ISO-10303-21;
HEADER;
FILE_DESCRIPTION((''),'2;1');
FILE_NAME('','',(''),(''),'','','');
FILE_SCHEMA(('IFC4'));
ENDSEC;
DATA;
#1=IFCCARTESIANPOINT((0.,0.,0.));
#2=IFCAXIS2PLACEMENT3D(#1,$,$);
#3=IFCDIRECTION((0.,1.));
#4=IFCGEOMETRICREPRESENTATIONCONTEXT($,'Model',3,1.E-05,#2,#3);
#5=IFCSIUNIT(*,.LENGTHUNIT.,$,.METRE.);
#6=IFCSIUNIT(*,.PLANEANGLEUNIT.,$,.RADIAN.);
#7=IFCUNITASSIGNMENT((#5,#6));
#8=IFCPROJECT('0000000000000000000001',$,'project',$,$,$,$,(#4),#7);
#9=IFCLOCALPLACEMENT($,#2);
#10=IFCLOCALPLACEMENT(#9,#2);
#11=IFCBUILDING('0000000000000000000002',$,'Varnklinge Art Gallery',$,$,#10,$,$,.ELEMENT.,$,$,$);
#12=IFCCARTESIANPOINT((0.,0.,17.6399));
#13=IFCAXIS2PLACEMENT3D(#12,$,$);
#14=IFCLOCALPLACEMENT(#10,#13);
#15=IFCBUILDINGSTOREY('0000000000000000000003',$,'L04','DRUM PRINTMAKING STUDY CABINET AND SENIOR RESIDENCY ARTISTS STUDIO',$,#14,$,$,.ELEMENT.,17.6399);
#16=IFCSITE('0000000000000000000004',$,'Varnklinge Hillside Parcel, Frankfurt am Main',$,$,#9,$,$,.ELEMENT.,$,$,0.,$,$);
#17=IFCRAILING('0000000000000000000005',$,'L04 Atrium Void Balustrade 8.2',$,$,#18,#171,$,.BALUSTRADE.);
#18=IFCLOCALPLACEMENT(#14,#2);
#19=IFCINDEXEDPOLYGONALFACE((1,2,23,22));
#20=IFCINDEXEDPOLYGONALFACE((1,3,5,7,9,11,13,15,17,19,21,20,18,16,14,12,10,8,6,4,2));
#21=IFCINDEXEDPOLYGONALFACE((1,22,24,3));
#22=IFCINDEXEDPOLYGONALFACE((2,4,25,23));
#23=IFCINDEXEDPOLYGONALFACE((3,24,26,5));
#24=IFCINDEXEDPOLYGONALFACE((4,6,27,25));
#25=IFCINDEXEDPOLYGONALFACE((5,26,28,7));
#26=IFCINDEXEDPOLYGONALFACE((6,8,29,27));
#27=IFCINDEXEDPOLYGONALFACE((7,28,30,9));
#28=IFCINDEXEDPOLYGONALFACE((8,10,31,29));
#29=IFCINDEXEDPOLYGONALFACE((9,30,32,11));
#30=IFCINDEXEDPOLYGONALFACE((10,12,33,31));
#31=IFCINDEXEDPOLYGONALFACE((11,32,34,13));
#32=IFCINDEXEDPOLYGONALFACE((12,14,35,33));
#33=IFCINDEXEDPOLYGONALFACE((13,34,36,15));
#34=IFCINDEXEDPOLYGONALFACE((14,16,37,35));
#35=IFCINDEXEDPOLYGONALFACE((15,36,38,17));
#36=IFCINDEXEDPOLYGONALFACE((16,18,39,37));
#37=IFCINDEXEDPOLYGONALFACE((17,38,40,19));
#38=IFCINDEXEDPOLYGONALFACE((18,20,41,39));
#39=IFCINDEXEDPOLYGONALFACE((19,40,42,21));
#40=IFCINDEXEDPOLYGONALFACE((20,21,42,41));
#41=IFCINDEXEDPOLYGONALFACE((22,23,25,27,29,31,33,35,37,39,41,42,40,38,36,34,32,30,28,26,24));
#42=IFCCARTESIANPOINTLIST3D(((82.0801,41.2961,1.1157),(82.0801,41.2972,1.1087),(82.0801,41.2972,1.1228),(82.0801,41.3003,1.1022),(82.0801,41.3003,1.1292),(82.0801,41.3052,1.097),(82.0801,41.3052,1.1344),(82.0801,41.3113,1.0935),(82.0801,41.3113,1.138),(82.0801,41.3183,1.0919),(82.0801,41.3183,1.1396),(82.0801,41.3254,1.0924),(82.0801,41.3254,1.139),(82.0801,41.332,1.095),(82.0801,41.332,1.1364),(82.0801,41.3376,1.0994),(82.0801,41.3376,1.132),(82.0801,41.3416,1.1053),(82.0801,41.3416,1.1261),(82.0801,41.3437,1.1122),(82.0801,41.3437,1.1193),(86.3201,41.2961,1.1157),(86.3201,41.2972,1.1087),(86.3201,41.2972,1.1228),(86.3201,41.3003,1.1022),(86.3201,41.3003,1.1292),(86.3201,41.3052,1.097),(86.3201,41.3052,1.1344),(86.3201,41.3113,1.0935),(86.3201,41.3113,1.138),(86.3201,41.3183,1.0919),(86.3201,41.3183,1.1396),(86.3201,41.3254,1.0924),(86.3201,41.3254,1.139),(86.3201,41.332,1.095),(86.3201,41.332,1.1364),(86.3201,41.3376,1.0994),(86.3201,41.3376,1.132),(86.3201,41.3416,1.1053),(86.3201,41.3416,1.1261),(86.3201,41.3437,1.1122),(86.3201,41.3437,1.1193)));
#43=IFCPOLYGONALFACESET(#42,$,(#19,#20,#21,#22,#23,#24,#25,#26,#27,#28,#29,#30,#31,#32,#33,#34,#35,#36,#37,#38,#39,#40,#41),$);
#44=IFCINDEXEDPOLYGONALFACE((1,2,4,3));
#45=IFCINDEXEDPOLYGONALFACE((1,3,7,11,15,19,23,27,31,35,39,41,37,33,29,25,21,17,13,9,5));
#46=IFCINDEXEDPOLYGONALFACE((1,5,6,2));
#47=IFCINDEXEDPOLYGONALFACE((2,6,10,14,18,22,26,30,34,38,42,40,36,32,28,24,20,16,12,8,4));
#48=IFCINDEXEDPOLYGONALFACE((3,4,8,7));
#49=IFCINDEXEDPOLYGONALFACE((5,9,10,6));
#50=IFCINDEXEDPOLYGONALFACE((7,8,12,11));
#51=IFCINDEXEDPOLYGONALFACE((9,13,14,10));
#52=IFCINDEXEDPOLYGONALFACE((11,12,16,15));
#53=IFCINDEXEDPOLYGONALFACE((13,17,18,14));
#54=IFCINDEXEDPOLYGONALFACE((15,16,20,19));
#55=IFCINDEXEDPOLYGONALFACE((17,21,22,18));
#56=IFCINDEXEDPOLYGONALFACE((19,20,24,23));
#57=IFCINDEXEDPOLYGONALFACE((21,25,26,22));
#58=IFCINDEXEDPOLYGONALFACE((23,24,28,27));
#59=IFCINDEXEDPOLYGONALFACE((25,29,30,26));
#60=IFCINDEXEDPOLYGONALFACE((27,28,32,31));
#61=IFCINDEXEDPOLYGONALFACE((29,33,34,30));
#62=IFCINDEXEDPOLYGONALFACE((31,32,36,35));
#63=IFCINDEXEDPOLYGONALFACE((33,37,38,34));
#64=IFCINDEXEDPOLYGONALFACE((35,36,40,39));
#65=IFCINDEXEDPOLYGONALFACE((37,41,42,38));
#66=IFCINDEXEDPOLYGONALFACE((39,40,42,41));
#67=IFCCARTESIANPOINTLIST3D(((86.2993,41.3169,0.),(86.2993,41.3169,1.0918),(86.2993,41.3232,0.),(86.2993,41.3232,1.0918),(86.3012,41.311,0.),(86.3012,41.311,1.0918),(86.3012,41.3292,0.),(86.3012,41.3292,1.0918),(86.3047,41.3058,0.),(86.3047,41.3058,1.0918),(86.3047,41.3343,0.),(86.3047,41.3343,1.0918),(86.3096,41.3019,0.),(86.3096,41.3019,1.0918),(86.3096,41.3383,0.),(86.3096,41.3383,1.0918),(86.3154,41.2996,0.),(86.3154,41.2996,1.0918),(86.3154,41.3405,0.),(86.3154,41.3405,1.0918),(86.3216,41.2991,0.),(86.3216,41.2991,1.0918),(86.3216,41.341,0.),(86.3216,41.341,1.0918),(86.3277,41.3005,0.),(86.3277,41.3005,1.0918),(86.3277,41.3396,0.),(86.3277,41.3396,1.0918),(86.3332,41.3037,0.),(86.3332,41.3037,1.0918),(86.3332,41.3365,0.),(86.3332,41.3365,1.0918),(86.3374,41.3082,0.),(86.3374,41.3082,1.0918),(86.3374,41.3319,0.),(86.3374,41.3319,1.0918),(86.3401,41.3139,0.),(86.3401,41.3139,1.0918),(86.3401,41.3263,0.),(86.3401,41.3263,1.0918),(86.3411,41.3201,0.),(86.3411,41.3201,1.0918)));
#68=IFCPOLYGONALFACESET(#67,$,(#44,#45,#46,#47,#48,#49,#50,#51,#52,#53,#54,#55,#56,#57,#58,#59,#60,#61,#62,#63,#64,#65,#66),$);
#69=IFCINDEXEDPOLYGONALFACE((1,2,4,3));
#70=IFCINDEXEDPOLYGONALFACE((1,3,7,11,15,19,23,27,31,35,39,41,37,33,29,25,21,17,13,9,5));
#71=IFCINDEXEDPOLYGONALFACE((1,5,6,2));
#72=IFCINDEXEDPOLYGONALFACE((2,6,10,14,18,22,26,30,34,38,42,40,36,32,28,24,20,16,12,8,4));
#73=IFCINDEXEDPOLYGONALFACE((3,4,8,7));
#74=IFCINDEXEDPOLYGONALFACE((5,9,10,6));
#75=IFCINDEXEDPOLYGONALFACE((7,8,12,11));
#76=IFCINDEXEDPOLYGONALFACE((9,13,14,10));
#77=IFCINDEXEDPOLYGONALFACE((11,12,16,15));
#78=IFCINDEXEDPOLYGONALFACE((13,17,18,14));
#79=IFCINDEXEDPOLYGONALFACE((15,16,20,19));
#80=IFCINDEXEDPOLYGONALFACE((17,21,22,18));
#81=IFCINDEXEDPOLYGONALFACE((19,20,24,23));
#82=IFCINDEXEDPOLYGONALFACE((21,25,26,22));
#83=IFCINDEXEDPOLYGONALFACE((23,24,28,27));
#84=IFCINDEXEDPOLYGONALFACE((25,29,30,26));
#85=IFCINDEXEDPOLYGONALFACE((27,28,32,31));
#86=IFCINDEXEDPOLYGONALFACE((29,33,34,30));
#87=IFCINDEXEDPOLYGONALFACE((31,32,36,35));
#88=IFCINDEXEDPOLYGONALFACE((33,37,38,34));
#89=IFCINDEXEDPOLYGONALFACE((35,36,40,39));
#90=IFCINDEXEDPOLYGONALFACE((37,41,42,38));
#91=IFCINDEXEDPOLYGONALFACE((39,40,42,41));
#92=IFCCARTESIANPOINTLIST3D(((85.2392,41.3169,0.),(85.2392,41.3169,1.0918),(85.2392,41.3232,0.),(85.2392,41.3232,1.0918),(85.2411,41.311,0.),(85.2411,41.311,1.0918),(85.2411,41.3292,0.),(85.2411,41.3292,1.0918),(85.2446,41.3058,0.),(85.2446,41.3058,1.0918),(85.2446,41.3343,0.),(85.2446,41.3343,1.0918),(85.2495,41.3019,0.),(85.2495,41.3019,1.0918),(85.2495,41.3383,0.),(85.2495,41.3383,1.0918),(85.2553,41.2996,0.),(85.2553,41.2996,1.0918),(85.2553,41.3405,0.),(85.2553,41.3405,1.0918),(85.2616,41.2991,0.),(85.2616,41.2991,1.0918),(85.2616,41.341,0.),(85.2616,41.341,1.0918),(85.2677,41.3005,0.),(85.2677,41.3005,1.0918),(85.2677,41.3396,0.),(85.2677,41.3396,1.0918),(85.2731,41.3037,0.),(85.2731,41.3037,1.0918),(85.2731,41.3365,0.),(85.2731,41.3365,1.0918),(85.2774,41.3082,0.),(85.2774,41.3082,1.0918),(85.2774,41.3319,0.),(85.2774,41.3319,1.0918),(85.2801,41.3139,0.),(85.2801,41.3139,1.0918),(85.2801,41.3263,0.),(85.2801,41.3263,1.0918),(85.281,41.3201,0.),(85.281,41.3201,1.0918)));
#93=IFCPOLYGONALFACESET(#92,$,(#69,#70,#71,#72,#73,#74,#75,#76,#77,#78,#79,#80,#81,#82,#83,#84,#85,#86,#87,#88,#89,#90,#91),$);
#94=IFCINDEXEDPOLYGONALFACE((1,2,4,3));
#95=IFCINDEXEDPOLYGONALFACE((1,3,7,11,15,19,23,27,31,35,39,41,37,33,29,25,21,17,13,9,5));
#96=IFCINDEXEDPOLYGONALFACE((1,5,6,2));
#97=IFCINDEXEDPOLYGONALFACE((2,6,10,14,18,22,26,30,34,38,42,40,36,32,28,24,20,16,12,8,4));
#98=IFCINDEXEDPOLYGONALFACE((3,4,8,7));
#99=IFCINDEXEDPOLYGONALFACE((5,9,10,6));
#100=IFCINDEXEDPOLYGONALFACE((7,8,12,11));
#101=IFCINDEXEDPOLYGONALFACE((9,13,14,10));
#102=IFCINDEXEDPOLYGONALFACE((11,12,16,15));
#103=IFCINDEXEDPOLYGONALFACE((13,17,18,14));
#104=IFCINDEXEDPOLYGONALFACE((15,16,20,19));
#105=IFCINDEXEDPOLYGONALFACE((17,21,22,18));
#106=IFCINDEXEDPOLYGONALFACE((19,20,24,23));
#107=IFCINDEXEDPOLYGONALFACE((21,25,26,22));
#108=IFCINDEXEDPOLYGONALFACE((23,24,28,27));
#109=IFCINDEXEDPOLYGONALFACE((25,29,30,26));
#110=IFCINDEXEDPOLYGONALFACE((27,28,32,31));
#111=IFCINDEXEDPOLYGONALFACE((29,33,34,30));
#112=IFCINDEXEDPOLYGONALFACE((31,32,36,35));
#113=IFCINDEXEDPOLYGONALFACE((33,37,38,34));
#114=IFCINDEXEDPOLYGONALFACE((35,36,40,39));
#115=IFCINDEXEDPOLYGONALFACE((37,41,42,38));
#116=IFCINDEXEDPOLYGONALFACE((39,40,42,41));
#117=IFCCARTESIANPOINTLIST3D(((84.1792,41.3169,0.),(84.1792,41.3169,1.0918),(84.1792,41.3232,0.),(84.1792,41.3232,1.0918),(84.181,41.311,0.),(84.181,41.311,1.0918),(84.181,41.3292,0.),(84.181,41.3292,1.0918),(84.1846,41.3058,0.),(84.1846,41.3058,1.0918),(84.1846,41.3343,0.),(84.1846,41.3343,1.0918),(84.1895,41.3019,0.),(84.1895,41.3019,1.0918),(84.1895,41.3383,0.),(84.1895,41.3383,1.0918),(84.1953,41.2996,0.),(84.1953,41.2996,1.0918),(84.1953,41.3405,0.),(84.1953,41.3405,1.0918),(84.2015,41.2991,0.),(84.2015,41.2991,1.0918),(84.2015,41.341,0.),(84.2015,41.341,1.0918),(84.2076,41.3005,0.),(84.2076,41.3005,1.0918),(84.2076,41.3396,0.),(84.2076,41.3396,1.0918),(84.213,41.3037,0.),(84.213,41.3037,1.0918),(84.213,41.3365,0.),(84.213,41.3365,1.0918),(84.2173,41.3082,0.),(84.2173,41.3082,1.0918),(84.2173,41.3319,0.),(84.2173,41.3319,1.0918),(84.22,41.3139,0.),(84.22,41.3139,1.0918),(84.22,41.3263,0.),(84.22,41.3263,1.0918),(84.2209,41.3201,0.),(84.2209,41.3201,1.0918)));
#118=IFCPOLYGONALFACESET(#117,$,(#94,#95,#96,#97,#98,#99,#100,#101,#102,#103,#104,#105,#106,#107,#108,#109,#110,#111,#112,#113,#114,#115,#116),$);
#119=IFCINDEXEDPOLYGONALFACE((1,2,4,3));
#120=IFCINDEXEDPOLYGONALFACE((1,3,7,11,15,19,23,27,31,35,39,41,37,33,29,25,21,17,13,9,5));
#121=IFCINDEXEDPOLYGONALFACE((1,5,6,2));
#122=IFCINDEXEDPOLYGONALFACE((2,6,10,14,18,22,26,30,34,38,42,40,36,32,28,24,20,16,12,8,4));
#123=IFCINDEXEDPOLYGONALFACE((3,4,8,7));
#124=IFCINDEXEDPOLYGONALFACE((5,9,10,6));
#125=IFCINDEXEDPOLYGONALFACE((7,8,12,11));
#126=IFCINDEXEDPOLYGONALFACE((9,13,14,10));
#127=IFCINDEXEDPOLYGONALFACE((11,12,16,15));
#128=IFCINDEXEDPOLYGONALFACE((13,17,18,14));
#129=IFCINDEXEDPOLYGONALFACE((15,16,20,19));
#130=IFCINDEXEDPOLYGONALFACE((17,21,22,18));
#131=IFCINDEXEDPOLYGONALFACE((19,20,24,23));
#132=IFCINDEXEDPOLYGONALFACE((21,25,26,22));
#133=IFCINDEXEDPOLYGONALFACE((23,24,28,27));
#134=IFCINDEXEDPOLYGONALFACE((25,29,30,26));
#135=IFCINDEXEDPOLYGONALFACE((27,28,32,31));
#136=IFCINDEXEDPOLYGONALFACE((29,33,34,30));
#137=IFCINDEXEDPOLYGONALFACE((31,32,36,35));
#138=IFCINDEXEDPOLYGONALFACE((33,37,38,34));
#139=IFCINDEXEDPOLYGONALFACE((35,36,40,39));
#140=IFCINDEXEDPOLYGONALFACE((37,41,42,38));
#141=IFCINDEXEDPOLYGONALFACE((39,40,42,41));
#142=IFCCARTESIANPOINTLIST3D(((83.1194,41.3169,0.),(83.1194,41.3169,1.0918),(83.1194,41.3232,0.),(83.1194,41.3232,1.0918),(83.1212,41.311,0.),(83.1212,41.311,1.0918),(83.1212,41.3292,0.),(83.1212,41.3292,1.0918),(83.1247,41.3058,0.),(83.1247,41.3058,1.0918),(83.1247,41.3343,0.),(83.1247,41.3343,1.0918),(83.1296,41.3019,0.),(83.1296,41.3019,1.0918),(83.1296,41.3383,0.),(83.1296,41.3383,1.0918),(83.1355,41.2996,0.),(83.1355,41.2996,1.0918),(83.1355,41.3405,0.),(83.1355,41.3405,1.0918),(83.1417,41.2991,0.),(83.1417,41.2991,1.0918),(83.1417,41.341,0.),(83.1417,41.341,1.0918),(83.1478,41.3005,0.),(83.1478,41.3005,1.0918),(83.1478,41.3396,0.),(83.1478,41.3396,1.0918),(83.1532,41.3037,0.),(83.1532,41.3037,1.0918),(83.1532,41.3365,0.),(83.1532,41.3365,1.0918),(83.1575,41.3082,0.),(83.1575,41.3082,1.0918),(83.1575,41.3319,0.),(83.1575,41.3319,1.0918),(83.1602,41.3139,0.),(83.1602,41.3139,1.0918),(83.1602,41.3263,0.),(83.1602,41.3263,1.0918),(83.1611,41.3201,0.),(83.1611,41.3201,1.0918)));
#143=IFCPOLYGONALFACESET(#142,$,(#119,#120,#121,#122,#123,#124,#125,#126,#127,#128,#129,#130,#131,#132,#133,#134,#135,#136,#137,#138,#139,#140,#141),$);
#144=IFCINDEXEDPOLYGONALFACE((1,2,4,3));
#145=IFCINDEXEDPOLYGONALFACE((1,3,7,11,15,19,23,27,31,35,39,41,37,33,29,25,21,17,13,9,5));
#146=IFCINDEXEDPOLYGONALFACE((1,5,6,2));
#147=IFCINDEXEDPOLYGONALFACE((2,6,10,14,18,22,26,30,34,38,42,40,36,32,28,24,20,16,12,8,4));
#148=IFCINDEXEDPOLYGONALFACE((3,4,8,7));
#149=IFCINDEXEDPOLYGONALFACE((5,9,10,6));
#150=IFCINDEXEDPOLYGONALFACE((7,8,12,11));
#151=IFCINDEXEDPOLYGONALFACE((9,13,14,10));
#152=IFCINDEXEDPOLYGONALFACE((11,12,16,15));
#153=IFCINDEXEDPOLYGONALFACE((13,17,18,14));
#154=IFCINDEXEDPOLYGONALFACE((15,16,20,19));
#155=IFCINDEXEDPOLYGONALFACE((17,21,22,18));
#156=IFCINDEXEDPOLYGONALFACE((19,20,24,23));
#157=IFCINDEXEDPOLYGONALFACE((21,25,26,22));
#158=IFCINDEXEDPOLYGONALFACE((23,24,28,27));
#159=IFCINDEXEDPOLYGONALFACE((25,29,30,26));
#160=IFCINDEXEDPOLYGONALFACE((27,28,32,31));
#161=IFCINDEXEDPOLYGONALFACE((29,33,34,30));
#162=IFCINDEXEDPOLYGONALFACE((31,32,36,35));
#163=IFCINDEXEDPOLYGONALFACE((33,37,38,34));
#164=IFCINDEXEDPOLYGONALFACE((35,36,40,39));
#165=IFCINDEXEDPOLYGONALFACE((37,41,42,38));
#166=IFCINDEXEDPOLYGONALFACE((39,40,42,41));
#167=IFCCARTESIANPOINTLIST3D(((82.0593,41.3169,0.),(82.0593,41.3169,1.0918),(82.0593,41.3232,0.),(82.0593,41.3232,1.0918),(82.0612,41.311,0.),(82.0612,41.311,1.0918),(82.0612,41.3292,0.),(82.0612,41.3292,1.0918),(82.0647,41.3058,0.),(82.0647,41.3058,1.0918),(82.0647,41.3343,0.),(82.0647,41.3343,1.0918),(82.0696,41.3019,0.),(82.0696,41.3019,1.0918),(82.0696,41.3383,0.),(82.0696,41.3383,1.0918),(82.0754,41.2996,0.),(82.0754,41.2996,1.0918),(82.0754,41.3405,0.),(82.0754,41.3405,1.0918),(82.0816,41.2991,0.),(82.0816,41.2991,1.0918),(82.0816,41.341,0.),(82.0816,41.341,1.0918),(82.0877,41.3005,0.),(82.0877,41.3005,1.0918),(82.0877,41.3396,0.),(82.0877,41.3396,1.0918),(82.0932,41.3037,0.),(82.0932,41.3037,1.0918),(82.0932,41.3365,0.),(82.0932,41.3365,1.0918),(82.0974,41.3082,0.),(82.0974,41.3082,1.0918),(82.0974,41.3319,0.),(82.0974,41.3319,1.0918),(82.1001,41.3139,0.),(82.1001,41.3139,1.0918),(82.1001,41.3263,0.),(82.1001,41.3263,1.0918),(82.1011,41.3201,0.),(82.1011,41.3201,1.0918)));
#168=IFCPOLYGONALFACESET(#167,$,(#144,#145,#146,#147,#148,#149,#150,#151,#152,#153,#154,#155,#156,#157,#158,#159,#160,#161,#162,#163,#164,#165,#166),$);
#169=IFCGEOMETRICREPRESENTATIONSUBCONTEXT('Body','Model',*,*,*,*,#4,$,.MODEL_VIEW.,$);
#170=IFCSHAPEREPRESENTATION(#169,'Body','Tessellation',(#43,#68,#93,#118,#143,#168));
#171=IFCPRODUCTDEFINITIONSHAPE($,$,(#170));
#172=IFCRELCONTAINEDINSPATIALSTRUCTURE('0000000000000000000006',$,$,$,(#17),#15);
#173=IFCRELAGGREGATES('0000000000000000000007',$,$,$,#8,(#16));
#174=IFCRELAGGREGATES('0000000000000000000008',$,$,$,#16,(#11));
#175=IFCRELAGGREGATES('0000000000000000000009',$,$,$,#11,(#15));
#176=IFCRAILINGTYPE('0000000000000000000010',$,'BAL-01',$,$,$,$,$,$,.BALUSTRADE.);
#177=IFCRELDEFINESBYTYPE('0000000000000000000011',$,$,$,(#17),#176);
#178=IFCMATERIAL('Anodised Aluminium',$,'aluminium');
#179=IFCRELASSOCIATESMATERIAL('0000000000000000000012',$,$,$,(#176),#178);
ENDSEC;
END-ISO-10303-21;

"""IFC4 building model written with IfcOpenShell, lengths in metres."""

from ifc_helpers import new_model, si_unit, direction, frame, origin, origin_2d, place, context, subcontext, project, spatial, circle, extrude, material, type_object, element, save


model = new_model("IFC4")

# Units and contexts
model_context = context("Model", 3, precision=1e-05, world=origin(), true_north=direction((0.0, 1.0)))
body_context = subcontext(model_context, "Body", "Model", "MODEL_VIEW")
ifc_project = project(units=[si_unit("LENGTHUNIT", "METRE"), si_unit("PLANEANGLEUNIT", "RADIAN")], contexts=[model_context])

# Site, building, storey
site_placement = place(None, origin())
site = spatial("IfcSite", under=ifc_project, at=site_placement, Name="Varnklinge Hillside Parcel, Frankfurt am Main", CompositionType="ELEMENT", RefElevation=0.0)
building_placement = place(site_placement, origin())
building = spatial("IfcBuilding", under=site, at=building_placement, Name="Varnklinge Art Gallery", CompositionType="ELEMENT")
storey_placement = place(building_placement, frame((0.0, 0.0, 17.6399)))
storey = spatial("IfcBuildingStorey", under=building, at=storey_placement, Name="L04", Description="DRUM PRINTMAKING STUDY CABINET AND SENIOR RESIDENCY ARTISTS STUDIO", CompositionType="ELEMENT", Elevation=17.6399)

# Railing
ifc_material_1 = material(Name="Anodised Aluminium", Category="aluminium")
railing_type = type_object("IfcRailingType", Name="BAL-01", PredefinedType="BALUSTRADE", material=ifc_material_1)
railing_1_placement = place(storey_placement, frame((86.3201, 41.3201, 0.0)))
element("IfcRailing", 1, at=railing_1_placement, inside=storey, type_object=railing_type, Name="L04 Atrium Void Balustrade 8.2", PredefinedType="BALUSTRADE", context=body_context, shape_type="SweptSolid", body=[
    extrude(circle(Radius=0.0239, at=origin_2d()), frame((0.0, 0.0, 1.1157), z_axis=(-1.0, 0.0, 0.0), x_axis=(0.0, -1.0, 0.0)), (0.0, 0.0, 1.0), 4.24),
    extrude(circle(Radius=0.021, at=origin_2d()), origin(), (0.0, 0.0, 1.0), 1.0918),
    extrude(circle(Radius=0.021, at=origin_2d()), frame((-1.0601, 0.0, 0.0)), (0.0, 0.0, 1.0), 1.0918),
    extrude(circle(Radius=0.021, at=origin_2d()), frame((-2.1201, 0.0, 0.0)), (0.0, 0.0, 1.0), 1.0918),
    extrude(circle(Radius=0.021, at=origin_2d()), frame((-3.1799, 0.0, 0.0)), (0.0, 0.0, 1.0), 1.0918),
    extrude(circle(Radius=0.021, at=origin_2d()), frame((-4.24, 0.0, 0.0)), (0.0, 0.0, 1.0), 1.0918),
])

save(model, "model.ifc")
